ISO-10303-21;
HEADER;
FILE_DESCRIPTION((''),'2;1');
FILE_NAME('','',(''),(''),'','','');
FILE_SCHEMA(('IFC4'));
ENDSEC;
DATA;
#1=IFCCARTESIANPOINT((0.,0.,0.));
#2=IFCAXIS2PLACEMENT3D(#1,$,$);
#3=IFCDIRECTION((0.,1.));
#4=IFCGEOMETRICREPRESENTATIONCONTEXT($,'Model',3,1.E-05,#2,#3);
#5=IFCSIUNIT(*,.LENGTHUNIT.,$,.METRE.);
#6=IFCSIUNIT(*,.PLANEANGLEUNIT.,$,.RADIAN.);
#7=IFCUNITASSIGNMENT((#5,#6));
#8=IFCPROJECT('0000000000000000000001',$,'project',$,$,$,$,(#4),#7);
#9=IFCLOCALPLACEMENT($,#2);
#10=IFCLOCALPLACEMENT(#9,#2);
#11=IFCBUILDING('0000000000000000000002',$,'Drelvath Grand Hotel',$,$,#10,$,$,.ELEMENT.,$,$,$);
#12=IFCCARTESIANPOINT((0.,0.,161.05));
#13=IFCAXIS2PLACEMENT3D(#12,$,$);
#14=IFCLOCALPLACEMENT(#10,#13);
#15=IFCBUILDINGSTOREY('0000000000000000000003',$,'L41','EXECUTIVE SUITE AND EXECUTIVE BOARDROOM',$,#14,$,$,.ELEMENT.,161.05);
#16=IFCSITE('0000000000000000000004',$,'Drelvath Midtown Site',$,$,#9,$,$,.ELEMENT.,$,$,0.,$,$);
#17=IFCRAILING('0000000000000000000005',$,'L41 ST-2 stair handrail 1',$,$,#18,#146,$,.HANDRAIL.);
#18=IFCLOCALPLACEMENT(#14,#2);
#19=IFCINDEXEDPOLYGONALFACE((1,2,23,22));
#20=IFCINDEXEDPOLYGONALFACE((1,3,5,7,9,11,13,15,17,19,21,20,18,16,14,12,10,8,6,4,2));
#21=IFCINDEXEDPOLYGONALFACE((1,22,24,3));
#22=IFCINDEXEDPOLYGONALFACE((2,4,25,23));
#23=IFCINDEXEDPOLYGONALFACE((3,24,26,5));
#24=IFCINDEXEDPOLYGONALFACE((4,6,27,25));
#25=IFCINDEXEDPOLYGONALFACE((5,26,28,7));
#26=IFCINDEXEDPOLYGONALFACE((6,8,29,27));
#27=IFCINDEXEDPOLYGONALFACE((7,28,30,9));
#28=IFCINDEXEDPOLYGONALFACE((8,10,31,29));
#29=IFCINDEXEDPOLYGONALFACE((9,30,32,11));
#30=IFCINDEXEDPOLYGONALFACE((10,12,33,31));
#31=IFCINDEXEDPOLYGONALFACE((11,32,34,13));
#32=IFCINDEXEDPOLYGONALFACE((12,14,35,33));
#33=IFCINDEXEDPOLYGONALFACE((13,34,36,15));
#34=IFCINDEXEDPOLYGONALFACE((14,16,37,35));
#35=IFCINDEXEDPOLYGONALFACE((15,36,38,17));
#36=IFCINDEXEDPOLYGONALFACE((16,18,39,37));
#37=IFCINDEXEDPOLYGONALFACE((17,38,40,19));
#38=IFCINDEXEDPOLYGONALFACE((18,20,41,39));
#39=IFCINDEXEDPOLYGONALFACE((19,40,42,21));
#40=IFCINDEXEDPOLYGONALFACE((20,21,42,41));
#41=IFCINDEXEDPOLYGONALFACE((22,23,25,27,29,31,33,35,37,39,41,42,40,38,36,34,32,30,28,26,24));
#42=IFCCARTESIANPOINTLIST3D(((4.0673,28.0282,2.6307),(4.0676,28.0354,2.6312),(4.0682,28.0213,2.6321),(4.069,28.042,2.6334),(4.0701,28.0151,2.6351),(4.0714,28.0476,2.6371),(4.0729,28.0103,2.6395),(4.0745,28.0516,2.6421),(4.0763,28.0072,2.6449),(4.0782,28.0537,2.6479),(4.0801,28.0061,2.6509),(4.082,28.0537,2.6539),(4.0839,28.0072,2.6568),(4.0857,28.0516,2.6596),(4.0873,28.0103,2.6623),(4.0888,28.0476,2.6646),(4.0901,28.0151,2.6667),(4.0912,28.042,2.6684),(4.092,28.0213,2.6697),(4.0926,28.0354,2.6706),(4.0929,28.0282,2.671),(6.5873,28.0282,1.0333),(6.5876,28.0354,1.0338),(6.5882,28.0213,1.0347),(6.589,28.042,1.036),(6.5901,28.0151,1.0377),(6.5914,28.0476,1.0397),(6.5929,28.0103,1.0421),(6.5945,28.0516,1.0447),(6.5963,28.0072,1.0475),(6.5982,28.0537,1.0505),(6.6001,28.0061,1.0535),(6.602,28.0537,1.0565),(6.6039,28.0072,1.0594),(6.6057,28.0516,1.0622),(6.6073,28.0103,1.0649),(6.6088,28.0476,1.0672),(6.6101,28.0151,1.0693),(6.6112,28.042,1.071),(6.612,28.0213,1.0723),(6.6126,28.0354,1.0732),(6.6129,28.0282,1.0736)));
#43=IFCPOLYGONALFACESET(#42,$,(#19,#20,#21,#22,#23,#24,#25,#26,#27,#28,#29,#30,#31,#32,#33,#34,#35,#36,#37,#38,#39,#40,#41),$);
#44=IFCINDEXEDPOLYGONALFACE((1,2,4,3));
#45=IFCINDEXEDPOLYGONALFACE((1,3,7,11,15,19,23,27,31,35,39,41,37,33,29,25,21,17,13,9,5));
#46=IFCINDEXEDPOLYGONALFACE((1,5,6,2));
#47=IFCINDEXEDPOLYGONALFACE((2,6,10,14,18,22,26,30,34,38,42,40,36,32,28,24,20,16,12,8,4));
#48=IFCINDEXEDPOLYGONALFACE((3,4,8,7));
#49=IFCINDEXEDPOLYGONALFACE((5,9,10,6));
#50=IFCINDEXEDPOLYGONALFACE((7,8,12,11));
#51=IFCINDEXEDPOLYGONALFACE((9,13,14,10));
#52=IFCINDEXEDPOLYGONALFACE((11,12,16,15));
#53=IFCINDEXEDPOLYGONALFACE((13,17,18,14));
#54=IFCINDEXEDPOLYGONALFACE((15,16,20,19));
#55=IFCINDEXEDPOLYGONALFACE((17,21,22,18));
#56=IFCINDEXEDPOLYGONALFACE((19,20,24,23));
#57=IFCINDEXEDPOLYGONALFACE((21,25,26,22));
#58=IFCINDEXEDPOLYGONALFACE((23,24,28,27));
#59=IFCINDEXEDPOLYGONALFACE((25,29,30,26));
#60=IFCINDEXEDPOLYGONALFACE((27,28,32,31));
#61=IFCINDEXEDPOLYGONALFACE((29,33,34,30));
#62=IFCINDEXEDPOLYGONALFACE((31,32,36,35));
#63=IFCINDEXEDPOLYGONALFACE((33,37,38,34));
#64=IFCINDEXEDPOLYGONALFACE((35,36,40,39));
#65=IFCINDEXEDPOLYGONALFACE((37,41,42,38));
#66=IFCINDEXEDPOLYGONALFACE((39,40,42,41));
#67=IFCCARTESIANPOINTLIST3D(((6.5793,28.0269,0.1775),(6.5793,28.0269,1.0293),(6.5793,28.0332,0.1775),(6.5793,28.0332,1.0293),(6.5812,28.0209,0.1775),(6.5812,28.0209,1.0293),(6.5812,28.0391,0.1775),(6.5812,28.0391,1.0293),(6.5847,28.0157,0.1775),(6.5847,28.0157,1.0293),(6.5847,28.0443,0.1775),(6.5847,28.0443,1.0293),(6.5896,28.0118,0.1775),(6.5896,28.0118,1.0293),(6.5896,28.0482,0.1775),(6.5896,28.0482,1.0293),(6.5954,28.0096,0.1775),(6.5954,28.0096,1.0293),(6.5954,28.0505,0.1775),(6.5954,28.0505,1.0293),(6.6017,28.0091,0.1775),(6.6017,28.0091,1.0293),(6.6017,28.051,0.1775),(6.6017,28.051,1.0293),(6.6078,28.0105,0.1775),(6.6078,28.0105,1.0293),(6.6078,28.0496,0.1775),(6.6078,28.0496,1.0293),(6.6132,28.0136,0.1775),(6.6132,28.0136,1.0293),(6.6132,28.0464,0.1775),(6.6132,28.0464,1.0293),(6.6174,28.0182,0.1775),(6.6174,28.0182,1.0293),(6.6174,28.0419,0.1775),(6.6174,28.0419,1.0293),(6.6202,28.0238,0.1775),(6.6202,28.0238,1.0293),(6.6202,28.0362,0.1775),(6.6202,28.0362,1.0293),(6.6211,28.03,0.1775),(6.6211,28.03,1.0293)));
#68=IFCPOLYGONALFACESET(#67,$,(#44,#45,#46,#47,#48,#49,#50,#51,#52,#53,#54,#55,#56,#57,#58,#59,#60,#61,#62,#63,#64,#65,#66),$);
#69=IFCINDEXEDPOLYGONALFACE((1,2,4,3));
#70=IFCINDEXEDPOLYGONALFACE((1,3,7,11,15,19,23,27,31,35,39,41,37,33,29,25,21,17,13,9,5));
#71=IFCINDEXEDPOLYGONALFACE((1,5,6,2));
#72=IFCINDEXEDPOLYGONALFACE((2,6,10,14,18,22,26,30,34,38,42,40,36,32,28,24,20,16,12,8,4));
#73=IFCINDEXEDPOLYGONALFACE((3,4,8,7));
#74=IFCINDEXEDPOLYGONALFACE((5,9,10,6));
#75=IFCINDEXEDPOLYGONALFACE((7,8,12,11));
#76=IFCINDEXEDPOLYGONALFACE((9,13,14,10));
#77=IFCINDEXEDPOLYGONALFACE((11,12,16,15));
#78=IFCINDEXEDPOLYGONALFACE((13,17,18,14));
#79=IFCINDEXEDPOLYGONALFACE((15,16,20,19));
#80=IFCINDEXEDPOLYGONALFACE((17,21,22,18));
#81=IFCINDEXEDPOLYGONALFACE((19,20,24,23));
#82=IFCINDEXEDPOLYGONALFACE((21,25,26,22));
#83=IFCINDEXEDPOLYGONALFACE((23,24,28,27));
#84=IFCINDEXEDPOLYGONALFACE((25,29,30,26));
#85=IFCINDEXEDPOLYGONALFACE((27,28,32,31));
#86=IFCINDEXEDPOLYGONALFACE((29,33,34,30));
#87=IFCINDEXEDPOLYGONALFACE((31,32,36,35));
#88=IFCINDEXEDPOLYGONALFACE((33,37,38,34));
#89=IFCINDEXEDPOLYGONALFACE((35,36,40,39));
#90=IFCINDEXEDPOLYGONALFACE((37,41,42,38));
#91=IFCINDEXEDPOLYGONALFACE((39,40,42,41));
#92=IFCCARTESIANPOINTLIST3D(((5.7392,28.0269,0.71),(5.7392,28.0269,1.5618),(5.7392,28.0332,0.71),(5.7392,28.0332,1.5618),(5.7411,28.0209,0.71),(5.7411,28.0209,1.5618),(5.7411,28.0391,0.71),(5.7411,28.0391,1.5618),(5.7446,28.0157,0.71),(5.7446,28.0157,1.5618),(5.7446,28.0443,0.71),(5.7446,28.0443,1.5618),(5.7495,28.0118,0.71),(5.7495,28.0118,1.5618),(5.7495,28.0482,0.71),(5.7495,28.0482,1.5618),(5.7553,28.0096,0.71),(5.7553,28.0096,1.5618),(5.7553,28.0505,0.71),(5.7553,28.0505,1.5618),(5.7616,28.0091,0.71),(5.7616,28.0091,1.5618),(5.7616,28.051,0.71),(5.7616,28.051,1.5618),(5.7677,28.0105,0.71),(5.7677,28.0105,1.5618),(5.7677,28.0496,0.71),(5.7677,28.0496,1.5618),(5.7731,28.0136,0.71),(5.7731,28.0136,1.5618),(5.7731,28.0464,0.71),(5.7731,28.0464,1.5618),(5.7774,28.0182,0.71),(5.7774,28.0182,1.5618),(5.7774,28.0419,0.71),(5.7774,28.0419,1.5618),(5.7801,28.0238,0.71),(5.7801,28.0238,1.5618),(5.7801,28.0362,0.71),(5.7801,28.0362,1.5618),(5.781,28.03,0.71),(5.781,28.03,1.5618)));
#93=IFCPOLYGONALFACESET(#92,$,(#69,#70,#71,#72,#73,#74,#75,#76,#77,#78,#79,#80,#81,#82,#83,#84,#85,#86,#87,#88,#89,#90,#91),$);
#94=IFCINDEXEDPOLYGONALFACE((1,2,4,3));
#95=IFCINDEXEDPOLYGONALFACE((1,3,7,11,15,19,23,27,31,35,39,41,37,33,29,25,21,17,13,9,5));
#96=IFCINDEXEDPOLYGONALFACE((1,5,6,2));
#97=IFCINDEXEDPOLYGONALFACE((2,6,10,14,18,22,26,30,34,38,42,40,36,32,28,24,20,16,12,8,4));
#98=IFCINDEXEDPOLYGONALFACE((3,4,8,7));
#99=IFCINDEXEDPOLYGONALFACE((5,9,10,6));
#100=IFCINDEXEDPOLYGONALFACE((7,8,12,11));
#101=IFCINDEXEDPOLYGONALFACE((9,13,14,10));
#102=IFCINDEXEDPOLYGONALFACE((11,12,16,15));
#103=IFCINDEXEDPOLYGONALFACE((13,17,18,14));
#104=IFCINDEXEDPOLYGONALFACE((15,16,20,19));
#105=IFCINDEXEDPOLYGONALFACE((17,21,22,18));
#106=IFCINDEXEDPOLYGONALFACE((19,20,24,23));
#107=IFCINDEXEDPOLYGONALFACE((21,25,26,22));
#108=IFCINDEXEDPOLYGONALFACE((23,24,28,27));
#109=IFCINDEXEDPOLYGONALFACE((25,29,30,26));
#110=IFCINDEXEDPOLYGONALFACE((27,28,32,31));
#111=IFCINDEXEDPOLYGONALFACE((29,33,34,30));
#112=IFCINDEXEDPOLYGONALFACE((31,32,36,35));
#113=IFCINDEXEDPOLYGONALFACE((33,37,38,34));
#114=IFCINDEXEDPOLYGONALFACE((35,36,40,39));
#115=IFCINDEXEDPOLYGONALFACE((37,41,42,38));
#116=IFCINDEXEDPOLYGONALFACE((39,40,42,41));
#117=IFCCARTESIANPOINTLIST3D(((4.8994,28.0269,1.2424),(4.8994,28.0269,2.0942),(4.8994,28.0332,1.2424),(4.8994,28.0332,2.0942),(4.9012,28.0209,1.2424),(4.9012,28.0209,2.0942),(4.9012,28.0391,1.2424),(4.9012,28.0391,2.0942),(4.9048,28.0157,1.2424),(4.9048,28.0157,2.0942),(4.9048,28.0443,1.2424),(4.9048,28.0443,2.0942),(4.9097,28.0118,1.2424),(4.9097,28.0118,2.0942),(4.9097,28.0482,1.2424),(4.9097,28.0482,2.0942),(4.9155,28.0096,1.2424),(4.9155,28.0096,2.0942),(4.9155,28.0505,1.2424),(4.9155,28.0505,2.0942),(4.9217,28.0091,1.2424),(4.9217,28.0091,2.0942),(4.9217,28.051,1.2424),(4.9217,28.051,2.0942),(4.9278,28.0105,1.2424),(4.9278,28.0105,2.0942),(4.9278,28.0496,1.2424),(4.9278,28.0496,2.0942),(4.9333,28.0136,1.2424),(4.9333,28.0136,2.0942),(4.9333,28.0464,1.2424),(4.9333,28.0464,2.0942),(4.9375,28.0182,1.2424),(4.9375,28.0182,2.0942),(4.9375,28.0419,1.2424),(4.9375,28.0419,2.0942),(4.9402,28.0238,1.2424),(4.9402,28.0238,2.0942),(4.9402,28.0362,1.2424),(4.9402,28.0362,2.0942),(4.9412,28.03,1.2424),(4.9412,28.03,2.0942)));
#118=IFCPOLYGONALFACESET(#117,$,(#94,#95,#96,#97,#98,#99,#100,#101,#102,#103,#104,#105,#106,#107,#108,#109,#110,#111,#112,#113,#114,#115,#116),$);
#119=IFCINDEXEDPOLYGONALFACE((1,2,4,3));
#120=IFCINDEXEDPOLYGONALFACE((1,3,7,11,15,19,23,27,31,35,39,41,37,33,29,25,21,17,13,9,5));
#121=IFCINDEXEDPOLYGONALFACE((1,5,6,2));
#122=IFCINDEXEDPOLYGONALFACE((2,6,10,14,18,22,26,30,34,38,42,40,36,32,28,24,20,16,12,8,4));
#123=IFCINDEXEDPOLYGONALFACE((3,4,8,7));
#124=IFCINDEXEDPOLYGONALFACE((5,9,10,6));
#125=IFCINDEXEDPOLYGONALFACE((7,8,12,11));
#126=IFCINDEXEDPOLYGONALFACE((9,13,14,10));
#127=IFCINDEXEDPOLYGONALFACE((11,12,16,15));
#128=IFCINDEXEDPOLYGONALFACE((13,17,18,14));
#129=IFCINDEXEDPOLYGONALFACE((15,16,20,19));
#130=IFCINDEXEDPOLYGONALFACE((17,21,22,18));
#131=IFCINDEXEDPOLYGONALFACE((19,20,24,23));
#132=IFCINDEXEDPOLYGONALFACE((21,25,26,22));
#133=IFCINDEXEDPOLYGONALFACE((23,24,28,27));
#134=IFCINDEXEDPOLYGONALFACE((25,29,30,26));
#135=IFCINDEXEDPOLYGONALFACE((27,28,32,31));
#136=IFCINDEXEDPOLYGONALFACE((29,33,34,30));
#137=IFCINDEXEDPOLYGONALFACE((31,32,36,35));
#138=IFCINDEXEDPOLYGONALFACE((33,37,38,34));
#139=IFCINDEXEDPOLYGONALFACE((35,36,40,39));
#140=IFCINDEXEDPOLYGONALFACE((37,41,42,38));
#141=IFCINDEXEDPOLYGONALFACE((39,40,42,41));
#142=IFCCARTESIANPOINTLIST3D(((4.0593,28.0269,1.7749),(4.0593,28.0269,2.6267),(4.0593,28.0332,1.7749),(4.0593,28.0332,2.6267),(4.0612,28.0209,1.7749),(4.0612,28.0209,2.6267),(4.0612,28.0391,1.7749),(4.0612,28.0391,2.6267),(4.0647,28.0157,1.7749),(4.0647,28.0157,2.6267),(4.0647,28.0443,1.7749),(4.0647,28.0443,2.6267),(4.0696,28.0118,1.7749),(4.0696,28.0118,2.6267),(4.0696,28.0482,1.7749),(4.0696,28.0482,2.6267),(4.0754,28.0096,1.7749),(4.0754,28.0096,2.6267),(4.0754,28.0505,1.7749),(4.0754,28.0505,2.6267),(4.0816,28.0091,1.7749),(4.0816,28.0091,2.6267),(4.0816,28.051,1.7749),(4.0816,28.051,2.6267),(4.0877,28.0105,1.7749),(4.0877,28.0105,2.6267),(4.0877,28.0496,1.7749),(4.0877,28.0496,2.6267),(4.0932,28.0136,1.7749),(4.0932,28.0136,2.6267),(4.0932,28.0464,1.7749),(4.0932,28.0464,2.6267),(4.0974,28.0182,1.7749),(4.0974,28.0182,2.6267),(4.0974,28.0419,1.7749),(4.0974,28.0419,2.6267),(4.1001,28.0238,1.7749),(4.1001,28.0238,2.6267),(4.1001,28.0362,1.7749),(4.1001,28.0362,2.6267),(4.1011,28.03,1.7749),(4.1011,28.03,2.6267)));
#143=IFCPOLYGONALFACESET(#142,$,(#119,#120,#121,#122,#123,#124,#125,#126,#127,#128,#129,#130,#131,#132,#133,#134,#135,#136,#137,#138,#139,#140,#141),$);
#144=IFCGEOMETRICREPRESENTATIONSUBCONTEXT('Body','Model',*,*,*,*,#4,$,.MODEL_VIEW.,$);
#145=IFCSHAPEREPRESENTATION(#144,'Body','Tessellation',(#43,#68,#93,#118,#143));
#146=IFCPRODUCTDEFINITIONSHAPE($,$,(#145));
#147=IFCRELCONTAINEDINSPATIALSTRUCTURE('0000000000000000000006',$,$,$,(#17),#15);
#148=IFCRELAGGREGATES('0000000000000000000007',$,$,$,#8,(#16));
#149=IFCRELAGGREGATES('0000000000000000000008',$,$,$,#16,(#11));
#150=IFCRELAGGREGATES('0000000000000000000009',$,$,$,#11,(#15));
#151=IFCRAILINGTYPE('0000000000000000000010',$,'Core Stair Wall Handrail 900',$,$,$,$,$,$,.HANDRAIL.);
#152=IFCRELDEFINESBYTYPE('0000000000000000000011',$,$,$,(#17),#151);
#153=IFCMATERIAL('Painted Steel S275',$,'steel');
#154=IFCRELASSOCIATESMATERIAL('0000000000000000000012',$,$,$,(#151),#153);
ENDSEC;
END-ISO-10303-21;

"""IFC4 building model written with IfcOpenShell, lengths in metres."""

from ifc_helpers import new_model, si_unit, direction, frame, origin, origin_2d, place, context, subcontext, project, spatial, circle, extrude, material, type_object, element, save


model = new_model("IFC4")

# Units and contexts
model_context = context("Model", 3, precision=1e-05, world=origin(), true_north=direction((0.0, 1.0)))
body_context = subcontext(model_context, "Body", "Model", "MODEL_VIEW")
ifc_project = project(units=[si_unit("LENGTHUNIT", "METRE"), si_unit("PLANEANGLEUNIT", "RADIAN")], contexts=[model_context])

# Site, building, storey
site_placement = place(None, origin())
site = spatial("IfcSite", under=ifc_project, at=site_placement, Name="Drelvath Midtown Site", CompositionType="ELEMENT", RefElevation=0.0)
building_placement = place(site_placement, origin())
building = spatial("IfcBuilding", under=site, at=building_placement, Name="Drelvath Grand Hotel", CompositionType="ELEMENT")
storey_placement = place(building_placement, frame((0.0, 0.0, 161.05)))
storey = spatial("IfcBuildingStorey", under=building, at=storey_placement, Name="L41", Description="EXECUTIVE SUITE AND EXECUTIVE BOARDROOM", CompositionType="ELEMENT", Elevation=161.05)

# Shared definitions
ifc_material_1 = material(Name="Painted Steel S275", Category="steel")

# Railing
railing_type = type_object("IfcRailingType", Name="Core Stair Wall Handrail 900", PredefinedType="HANDRAIL", material=ifc_material_1)
railing_placement = place(storey_placement, frame((6.6001, 28.03, 0.1775)))
element("IfcRailing", 1, at=railing_placement, inside=storey, type_object=railing_type, Name="L41 ST-2 stair handrail 1", PredefinedType="HANDRAIL", context=body_context, shape_type="SweptSolid", body=[
    extrude(circle(Radius=0.0239, at=origin_2d()), frame((0.0, 0.0, 0.876), z_axis=(-0.844607, 0.0, 0.535387), x_axis=(0.0, -1.0, 0.0)), (0.0, 0.0, 1.0), 2.9836),
    extrude(circle(Radius=0.021, at=origin_2d()), origin(), (0.0, 0.0, 1.0), 0.8518),
    extrude(circle(Radius=0.021, at=origin_2d()), frame((-0.8401, 0.0, 0.5325)), (0.0, 0.0, 1.0), 0.8518),
    extrude(circle(Radius=0.021, at=origin_2d()), frame((-1.6799, 0.0, 1.0649)), (0.0, 0.0, 1.0), 0.8518),
    extrude(circle(Radius=0.021, at=origin_2d()), frame((-2.52, 0.0, 1.5974)), (0.0, 0.0, 1.0), 0.8518),
])

save(model, "model.ifc")
